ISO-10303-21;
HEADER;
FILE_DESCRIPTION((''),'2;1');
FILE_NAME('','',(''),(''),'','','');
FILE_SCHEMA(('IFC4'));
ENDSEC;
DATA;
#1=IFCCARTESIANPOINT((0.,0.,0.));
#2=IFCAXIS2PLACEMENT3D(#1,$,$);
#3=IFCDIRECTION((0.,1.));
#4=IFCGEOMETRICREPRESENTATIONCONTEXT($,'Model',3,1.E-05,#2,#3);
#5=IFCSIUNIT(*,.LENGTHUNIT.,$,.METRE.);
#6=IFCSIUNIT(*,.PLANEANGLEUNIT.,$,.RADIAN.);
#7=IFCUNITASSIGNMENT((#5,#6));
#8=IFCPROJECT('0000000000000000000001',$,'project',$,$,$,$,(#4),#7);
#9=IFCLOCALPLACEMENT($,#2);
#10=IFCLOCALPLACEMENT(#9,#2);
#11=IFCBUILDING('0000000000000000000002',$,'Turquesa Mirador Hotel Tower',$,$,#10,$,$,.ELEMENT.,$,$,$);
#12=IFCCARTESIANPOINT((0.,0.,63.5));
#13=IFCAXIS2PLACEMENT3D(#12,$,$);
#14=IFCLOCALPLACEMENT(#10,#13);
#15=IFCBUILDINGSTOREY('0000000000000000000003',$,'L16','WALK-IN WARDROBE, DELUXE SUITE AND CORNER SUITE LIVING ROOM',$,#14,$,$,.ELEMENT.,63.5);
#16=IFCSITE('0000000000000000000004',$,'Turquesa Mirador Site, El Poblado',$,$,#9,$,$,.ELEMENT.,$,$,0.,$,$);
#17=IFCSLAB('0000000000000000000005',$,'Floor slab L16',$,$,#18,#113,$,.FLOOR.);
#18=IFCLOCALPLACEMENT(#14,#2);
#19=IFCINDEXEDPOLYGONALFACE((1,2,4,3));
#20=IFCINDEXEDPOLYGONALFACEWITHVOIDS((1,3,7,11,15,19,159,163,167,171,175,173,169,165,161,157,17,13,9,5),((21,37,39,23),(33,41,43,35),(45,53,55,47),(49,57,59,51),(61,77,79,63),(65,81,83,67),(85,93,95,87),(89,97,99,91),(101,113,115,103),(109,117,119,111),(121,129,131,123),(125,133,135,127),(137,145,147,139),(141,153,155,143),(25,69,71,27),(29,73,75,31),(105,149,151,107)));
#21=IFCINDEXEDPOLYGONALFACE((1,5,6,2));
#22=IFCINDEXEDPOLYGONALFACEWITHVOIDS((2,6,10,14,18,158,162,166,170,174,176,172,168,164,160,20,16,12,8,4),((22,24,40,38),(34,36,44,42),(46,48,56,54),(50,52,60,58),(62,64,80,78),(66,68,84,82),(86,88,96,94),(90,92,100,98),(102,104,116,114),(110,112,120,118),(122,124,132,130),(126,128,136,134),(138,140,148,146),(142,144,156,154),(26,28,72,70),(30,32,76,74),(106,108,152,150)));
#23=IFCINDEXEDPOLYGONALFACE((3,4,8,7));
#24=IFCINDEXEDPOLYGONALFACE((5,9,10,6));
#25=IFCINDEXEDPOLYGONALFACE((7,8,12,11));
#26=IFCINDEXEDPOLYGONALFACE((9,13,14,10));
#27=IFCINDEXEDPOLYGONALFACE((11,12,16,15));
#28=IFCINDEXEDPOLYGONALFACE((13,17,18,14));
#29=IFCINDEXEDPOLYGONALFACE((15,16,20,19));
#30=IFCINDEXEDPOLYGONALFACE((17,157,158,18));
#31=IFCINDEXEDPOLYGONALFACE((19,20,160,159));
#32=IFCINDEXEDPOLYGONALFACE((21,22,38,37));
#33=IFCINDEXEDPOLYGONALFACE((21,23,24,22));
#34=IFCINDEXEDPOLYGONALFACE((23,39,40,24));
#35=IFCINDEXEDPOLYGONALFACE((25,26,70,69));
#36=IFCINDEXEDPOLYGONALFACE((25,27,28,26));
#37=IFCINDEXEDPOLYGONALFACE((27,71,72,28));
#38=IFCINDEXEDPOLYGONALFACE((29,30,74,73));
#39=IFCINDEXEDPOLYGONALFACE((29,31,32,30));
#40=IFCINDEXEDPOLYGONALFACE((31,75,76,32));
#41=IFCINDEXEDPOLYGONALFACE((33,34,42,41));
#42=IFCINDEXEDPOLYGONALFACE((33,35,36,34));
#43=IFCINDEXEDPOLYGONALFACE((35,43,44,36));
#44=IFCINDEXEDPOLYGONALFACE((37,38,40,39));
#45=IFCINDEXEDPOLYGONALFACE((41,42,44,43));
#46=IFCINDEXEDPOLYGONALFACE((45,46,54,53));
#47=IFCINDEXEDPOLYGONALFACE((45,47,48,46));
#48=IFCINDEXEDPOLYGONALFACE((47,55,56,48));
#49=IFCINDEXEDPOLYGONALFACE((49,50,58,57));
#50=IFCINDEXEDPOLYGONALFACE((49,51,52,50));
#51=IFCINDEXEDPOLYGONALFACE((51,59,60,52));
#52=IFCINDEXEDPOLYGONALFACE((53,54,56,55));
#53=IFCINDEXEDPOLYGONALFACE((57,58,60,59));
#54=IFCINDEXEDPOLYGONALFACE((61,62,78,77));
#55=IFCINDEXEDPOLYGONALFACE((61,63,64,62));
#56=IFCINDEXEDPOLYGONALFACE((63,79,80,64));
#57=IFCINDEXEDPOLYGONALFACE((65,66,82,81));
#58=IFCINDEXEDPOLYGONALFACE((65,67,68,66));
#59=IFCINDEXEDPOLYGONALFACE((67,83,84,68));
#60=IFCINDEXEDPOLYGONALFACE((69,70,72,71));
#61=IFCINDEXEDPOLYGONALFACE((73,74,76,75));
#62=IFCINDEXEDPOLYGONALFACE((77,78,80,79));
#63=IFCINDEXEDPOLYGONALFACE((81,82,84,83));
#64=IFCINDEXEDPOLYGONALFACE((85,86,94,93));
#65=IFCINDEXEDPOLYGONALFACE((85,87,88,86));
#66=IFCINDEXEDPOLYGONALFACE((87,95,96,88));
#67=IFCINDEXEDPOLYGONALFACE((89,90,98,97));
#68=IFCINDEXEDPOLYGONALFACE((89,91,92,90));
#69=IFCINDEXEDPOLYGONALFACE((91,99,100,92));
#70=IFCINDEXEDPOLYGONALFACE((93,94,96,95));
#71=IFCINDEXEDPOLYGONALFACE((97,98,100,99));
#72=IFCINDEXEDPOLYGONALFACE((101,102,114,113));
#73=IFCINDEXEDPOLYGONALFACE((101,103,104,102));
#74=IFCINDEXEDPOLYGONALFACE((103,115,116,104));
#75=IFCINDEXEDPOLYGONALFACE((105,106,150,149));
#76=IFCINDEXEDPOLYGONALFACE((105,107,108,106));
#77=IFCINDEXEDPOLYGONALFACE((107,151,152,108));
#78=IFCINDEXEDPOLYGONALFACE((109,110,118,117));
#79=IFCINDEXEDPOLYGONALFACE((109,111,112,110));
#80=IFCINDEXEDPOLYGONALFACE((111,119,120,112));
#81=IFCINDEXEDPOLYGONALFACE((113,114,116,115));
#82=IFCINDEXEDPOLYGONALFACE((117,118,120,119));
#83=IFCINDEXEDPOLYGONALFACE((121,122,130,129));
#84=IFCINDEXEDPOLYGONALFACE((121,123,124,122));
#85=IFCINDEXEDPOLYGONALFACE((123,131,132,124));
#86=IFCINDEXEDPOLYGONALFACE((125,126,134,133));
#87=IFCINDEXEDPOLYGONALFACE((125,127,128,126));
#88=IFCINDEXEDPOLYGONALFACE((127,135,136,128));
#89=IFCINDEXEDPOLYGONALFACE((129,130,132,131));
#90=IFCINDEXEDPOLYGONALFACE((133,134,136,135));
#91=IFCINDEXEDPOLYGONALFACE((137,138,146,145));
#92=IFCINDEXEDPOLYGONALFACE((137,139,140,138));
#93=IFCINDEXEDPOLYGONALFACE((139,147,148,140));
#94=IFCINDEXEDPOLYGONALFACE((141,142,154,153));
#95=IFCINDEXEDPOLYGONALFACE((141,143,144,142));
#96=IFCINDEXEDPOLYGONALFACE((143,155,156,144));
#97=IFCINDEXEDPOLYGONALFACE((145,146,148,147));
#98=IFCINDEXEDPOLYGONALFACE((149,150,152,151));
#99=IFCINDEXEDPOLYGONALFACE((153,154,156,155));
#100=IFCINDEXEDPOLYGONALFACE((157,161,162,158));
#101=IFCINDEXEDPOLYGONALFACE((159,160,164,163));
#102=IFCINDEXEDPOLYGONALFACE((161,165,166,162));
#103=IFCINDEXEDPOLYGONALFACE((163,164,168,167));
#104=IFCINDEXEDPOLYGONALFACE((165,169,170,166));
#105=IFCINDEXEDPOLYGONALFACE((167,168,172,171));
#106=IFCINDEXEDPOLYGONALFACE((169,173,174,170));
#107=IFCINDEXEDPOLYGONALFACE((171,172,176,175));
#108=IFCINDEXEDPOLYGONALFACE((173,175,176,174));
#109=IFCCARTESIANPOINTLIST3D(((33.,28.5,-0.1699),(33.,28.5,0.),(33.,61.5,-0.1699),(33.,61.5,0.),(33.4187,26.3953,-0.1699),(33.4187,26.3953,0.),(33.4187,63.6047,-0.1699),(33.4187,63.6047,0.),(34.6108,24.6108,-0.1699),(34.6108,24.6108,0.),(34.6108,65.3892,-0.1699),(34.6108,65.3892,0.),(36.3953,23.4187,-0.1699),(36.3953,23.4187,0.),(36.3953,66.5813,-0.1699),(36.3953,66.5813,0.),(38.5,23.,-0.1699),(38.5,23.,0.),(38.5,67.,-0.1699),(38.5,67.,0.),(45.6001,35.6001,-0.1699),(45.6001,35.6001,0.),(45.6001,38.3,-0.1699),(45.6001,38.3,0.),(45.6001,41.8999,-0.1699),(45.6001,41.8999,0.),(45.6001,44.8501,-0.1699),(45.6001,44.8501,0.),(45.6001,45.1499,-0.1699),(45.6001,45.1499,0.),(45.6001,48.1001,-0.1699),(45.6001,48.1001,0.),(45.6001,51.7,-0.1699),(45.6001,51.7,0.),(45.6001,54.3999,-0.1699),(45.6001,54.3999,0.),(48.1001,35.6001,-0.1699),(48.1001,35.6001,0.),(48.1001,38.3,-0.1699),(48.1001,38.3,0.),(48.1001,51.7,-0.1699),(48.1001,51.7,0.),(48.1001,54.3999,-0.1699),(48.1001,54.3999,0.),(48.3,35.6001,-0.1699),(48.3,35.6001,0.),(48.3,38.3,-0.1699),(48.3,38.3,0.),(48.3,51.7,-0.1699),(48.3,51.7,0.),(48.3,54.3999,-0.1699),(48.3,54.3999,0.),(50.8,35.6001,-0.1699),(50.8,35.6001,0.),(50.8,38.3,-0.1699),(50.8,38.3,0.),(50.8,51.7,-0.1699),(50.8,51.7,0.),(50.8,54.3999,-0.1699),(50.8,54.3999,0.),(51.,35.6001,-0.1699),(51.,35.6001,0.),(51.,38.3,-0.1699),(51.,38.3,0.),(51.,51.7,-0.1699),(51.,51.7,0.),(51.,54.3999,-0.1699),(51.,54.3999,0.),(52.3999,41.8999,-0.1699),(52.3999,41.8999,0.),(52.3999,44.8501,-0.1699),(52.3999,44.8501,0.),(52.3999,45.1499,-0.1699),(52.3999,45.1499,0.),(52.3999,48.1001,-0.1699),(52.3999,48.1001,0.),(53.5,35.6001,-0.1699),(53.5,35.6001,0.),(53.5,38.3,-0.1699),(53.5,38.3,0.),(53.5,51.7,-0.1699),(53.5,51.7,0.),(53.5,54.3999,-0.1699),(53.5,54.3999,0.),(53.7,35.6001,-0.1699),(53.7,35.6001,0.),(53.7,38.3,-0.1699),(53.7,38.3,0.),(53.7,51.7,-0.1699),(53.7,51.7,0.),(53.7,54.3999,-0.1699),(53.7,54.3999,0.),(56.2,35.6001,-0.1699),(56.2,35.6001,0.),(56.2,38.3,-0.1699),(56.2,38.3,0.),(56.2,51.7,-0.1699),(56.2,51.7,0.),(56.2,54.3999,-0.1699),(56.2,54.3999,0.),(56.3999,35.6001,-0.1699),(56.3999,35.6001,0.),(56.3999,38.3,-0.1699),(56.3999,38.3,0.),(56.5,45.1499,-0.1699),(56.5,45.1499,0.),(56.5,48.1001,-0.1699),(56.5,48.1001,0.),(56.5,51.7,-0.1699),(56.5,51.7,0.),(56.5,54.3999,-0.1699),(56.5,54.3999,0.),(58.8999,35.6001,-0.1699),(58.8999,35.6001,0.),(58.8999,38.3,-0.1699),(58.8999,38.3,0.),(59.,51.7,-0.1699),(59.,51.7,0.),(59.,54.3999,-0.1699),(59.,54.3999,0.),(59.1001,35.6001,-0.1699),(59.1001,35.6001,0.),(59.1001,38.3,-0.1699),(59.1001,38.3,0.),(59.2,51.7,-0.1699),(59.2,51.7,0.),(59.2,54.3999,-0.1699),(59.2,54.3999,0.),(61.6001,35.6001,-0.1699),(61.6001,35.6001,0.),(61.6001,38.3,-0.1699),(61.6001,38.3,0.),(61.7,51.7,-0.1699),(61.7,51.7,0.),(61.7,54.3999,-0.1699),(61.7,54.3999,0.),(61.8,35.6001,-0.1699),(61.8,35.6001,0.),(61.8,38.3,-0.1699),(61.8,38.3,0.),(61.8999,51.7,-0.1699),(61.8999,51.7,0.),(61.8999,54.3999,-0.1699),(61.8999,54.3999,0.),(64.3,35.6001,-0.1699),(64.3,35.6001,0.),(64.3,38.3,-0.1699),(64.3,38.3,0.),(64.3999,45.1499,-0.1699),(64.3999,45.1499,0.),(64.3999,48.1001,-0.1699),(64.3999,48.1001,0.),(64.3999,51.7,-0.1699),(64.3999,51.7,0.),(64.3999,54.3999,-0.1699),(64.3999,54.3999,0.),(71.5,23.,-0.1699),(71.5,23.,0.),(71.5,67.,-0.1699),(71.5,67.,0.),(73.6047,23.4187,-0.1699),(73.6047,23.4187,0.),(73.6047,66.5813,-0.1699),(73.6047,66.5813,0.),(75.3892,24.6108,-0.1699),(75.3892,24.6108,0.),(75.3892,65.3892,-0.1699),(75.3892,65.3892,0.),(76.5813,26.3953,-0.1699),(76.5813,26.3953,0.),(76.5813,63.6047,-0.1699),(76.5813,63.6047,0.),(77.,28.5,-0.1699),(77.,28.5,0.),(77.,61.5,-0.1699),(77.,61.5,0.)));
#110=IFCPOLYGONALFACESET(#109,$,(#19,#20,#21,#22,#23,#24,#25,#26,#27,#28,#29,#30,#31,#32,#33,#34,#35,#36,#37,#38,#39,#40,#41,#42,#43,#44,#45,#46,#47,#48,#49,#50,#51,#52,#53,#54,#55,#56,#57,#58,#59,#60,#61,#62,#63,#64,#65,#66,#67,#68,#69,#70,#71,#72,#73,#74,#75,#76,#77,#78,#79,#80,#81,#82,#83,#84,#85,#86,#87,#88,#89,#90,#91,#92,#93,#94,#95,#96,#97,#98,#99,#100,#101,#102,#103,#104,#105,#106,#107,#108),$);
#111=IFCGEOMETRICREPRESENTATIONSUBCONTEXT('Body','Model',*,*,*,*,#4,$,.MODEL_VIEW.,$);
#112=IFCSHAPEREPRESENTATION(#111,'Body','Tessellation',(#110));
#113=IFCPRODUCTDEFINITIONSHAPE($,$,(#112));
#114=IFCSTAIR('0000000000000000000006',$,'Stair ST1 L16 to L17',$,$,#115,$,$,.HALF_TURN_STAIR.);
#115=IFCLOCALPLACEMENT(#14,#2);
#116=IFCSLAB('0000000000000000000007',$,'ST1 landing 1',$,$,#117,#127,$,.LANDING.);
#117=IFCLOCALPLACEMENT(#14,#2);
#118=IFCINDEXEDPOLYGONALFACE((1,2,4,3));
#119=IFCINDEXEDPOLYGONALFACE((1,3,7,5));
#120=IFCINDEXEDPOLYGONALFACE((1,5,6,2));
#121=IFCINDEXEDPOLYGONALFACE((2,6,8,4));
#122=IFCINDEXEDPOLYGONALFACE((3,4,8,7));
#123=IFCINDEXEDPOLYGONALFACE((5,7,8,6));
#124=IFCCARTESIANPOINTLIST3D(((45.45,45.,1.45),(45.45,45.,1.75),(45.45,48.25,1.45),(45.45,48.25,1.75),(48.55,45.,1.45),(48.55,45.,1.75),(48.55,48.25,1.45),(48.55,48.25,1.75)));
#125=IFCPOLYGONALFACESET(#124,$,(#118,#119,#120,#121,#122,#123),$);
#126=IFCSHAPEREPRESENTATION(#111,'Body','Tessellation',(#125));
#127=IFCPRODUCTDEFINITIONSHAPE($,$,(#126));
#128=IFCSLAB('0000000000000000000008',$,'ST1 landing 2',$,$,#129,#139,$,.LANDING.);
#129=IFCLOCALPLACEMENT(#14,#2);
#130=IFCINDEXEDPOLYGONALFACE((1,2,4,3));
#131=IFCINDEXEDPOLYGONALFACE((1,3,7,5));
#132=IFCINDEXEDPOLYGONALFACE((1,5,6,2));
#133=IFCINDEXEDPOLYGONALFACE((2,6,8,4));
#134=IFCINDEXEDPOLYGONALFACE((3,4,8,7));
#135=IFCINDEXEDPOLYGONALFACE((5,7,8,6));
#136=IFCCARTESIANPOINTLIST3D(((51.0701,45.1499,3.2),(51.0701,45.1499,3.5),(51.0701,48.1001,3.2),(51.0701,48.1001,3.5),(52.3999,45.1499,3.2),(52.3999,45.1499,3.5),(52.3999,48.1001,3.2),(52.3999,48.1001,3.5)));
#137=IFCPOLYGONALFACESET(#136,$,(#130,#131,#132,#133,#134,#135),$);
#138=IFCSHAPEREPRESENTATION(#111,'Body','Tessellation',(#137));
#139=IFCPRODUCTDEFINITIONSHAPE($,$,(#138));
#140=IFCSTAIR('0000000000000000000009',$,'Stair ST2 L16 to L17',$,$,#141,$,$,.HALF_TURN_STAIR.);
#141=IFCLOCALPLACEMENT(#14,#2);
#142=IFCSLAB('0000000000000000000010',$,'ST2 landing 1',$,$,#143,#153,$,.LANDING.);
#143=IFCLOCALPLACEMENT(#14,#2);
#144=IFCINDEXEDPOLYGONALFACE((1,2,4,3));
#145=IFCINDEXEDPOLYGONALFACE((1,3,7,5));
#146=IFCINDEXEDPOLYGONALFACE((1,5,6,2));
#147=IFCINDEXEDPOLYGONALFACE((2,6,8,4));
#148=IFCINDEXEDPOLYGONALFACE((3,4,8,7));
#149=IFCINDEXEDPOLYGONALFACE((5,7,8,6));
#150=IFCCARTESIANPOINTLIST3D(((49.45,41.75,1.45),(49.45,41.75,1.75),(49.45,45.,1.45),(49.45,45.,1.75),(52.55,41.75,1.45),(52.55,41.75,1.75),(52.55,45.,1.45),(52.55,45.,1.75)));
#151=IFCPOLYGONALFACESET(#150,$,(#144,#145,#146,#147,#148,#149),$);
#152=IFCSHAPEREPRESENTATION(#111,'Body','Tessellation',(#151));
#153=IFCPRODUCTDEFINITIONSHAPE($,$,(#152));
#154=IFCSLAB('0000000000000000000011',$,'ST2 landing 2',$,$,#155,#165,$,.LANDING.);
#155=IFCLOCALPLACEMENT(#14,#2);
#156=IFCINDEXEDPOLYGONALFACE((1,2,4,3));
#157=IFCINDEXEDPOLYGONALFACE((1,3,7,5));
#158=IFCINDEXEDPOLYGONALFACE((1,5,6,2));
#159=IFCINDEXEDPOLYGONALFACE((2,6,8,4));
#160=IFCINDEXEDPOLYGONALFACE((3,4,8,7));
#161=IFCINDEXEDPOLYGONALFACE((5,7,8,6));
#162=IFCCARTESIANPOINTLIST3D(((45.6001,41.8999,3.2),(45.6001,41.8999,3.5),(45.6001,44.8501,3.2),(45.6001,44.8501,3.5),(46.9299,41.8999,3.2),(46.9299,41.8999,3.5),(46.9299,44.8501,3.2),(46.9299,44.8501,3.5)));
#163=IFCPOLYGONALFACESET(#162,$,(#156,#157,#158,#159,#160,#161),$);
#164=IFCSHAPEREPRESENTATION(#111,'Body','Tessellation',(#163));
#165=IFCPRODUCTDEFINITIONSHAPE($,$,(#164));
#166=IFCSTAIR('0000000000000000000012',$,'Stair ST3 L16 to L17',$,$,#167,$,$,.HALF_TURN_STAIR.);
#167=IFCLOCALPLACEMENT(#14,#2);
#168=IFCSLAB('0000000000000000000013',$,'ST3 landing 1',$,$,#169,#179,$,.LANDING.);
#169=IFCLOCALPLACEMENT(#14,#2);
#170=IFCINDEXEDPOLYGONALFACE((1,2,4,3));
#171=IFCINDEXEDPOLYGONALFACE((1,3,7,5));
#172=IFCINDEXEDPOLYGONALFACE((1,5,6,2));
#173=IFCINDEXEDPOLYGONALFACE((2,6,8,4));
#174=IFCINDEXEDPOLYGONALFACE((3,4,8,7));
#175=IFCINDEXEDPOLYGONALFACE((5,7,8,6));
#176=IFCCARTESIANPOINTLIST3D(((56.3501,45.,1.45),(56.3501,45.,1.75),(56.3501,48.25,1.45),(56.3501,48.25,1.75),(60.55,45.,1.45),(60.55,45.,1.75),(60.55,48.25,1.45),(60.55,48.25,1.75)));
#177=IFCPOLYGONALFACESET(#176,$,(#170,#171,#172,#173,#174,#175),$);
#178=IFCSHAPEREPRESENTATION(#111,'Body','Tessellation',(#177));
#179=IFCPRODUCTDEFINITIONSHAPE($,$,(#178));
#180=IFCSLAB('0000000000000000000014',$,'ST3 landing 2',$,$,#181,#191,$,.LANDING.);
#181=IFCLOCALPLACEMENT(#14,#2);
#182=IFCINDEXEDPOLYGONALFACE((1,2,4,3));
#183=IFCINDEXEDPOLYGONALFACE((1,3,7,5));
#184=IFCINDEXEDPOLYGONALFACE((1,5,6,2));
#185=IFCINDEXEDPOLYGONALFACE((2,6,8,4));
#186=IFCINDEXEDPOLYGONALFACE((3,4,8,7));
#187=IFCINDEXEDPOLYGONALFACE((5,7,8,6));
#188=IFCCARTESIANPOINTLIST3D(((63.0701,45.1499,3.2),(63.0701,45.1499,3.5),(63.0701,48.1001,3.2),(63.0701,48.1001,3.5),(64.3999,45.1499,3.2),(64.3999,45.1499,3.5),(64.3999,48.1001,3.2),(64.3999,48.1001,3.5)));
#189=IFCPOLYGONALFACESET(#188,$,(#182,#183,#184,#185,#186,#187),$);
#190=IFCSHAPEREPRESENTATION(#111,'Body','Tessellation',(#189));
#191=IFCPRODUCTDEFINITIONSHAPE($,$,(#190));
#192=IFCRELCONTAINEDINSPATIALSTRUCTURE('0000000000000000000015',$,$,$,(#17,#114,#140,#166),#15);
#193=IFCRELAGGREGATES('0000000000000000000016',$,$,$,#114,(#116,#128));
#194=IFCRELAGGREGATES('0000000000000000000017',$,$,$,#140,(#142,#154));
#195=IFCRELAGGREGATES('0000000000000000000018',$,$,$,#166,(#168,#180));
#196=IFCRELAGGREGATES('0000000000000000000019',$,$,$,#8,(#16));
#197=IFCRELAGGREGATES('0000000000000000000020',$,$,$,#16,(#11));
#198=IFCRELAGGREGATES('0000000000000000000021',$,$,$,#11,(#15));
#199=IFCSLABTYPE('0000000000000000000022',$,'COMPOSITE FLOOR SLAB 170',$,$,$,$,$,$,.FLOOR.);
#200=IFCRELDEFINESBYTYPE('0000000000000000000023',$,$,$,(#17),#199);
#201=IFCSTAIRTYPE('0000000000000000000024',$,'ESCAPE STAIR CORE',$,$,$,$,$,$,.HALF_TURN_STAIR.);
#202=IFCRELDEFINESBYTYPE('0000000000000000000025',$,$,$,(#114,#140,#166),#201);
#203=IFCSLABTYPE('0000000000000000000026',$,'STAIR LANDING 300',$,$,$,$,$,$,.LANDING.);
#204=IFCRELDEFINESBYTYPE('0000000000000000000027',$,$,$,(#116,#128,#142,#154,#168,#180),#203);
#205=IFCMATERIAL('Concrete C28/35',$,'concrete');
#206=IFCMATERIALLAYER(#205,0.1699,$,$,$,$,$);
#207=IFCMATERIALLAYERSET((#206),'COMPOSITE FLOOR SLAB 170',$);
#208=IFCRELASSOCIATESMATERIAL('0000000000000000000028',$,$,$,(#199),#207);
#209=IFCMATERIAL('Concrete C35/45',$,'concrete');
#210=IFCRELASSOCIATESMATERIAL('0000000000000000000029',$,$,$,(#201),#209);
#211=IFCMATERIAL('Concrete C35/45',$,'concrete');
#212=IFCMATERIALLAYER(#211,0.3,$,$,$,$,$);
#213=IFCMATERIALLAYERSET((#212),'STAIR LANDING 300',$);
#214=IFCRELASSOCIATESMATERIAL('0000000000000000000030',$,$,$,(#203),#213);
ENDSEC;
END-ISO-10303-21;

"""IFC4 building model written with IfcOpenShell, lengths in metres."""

from ifc_helpers import new_model, si_unit, direction, frame, origin, place, context, subcontext, project, spatial, polyline, outline, extrude, material, layer, layer_set, type_object, element, aggregate, save


model = new_model("IFC4")

# Units and contexts
model_context = context("Model", 3, precision=1e-05, world=origin(), true_north=direction((0.0, 1.0)))
body_context = subcontext(model_context, "Body", "Model", "MODEL_VIEW")
ifc_project = project(units=[si_unit("LENGTHUNIT", "METRE"), si_unit("PLANEANGLEUNIT", "RADIAN")], contexts=[model_context])

# Site, building, storey
site_placement = place(None, origin())
site = spatial("IfcSite", under=ifc_project, at=site_placement, Name="Turquesa Mirador Site, El Poblado", CompositionType="ELEMENT", RefElevation=0.0)
building_placement = place(site_placement, origin())
building = spatial("IfcBuilding", under=site, at=building_placement, Name="Turquesa Mirador Hotel Tower", CompositionType="ELEMENT")
storey_placement = place(building_placement, frame((0.0, 0.0, 63.5)))
storey = spatial("IfcBuildingStorey", under=building, at=storey_placement, Name="L16", Description="WALK-IN WARDROBE, DELUXE SUITE AND CORNER SUITE LIVING ROOM", CompositionType="ELEMENT", Elevation=63.5)

# Slab
ifc_material_1 = material(Name="Concrete C28/35", Category="concrete")
ifc_layer_1 = layer(ifc_material_1, 0.1699)
ifc_layer_set_1 = layer_set([ifc_layer_1], Name="COMPOSITE FLOOR SLAB 170")
slab_type_1 = type_object("IfcSlabType", Name="COMPOSITE FLOOR SLAB 170", PredefinedType="FLOOR", material=ifc_layer_set_1)
slab_1_placement = place(storey_placement, frame((0.0, 0.0, -0.1699)))
element("IfcSlab", 1, at=slab_1_placement, inside=storey, type_object=slab_type_1, Name="Floor slab L16", PredefinedType="FLOOR", context=body_context, shape_type="SweptSolid", body=[
    extrude(outline(polyline([(71.5, 23.0), (73.6047, 23.4187), (75.3892, 24.6108), (76.5813, 26.3953), (77.0, 28.5), (77.0, 61.5), (76.5813, 63.6047), (75.3892, 65.3892), (73.6047, 66.5813), (71.5, 67.0), (38.5, 67.0), (36.3953, 66.5813), (34.6108, 65.3892), (33.4187, 63.6047), (33.0, 61.5), (33.0, 28.5), (33.4187, 26.3953), (34.6108, 24.6108), (36.3953, 23.4187), (38.5, 23.0), (71.5, 23.0)]), holes=[polyline([(45.6001, 51.7), (48.1001, 51.7), (48.1001, 54.3999), (45.6001, 54.3999), (45.6001, 51.7)]), polyline([(48.3, 51.7), (50.8, 51.7), (50.8, 54.3999), (48.3, 54.3999), (48.3, 51.7)]), polyline([(51.0, 51.7), (53.5, 51.7), (53.5, 54.3999), (51.0, 54.3999), (51.0, 51.7)]), polyline([(53.7, 51.7), (56.2, 51.7), (56.2, 54.3999), (53.7, 54.3999), (53.7, 51.7)]), polyline([(56.5, 51.7), (59.0, 51.7), (59.0, 54.3999), (56.5, 54.3999), (56.5, 51.7)]), polyline([(59.2, 51.7), (61.7, 51.7), (61.7, 54.3999), (59.2, 54.3999), (59.2, 51.7)]), polyline([(45.6001, 35.6001), (48.1001, 35.6001), (48.1001, 38.3), (45.6001, 38.3), (45.6001, 35.6001)]), polyline([(48.3, 35.6001), (50.8, 35.6001), (50.8, 38.3), (48.3, 38.3), (48.3, 35.6001)]), polyline([(51.0, 35.6001), (53.5, 35.6001), (53.5, 38.3), (51.0, 38.3), (51.0, 35.6001)]), polyline([(53.7, 35.6001), (56.2, 35.6001), (56.2, 38.3), (53.7, 38.3), (53.7, 35.6001)]), polyline([(56.3999, 35.6001), (58.8999, 35.6001), (58.8999, 38.3), (56.3999, 38.3), (56.3999, 35.6001)]), polyline([(59.1001, 35.6001), (61.6001, 35.6001), (61.6001, 38.3), (59.1001, 38.3), (59.1001, 35.6001)]), polyline([(61.8, 35.6001), (64.3, 35.6001), (64.3, 38.3), (61.8, 38.3), (61.8, 35.6001)]), polyline([(45.6001, 45.1499), (52.3999, 45.1499), (52.3999, 48.1001), (45.6001, 48.1001), (45.6001, 45.1499)]), polyline([(45.6001, 41.8999), (52.3999, 41.8999), (52.3999, 44.8501), (45.6001, 44.8501), (45.6001, 41.8999)]), polyline([(56.5, 45.1499), (64.3999, 45.1499), (64.3999, 48.1001), (56.5, 48.1001), (56.5, 45.1499)]), polyline([(61.8999, 51.7), (64.3999, 51.7), (64.3999, 54.3999), (61.8999, 54.3999), (61.8999, 51.7)])]), origin(), (0.0, 0.0, 1.0), 0.1699),
])

# Stairs, slabs
ifc_material_2 = material(Name="Concrete C35/45", Category="concrete")
stair_type = type_object("IfcStairType", Name="ESCAPE STAIR CORE", PredefinedType="HALF_TURN_STAIR", material=ifc_material_2)
stair_1_placement = place(storey_placement, origin())
stair_1 = element("IfcStair", 2, at=stair_1_placement, inside=storey, type_object=stair_type, Name="Stair ST1 L16 to L17", PredefinedType="HALF_TURN_STAIR")
ifc_material_3 = material(Name="Concrete C35/45", Category="concrete")
ifc_layer_2 = layer(ifc_material_3, 0.3)
ifc_layer_set_2 = layer_set([ifc_layer_2], Name="STAIR LANDING 300")
slab_type_2 = type_object("IfcSlabType", Name="STAIR LANDING 300", PredefinedType="LANDING", material=ifc_layer_set_2)
slab_2_placement = place(storey_placement, frame((0.0, 0.0, 1.45)))
slab_2 = element("IfcSlab", 3, at=slab_2_placement, type_object=slab_type_2, Name="ST1 landing 1", PredefinedType="LANDING", context=body_context, shape_type="SweptSolid", body=[
    extrude(outline(polyline([(45.45, 45.0), (48.55, 45.0), (48.55, 48.25), (45.45, 48.25), (45.45, 45.0)])), origin(), (0.0, 0.0, 1.0), 0.3),
])
slab_3_placement = place(storey_placement, frame((0.0, 0.0, 3.2)))
slab_3 = element("IfcSlab", 4, at=slab_3_placement, type_object=slab_type_2, Name="ST1 landing 2", PredefinedType="LANDING", context=body_context, shape_type="SweptSolid", body=[
    extrude(outline(polyline([(51.0701, 45.1499), (52.3999, 45.1499), (52.3999, 48.1001), (51.0701, 48.1001), (51.0701, 45.1499)])), origin(), (0.0, 0.0, 1.0), 0.3),
])
aggregate(stair_1, [slab_2, slab_3])
stair_2_placement = place(storey_placement, origin())
stair_2 = element("IfcStair", 5, at=stair_2_placement, inside=storey, type_object=stair_type, Name="Stair ST2 L16 to L17", PredefinedType="HALF_TURN_STAIR")
slab_4_placement = place(storey_placement, frame((0.0, 0.0, 1.45)))
slab_4 = element("IfcSlab", 6, at=slab_4_placement, type_object=slab_type_2, Name="ST2 landing 1", PredefinedType="LANDING", context=body_context, shape_type="SweptSolid", body=[
    extrude(outline(polyline([(52.55, 45.0), (49.45, 45.0), (49.45, 41.75), (52.55, 41.75), (52.55, 45.0)])), origin(), (0.0, 0.0, 1.0), 0.3),
])
slab_5_placement = place(storey_placement, frame((0.0, 0.0, 3.2)))
slab_5 = element("IfcSlab", 7, at=slab_5_placement, type_object=slab_type_2, Name="ST2 landing 2", PredefinedType="LANDING", context=body_context, shape_type="SweptSolid", body=[
    extrude(outline(polyline([(46.9299, 44.8501), (45.6001, 44.8501), (45.6001, 41.8999), (46.9299, 41.8999), (46.9299, 44.8501)])), origin(), (0.0, 0.0, 1.0), 0.3),
])
aggregate(stair_2, [slab_4, slab_5])
stair_3_placement = place(storey_placement, origin())
stair_3 = element("IfcStair", 8, at=stair_3_placement, inside=storey, type_object=stair_type, Name="Stair ST3 L16 to L17", PredefinedType="HALF_TURN_STAIR")
slab_6_placement = place(storey_placement, frame((0.0, 0.0, 1.45)))
slab_6 = element("IfcSlab", 9, at=slab_6_placement, type_object=slab_type_2, Name="ST3 landing 1", PredefinedType="LANDING", context=body_context, shape_type="SweptSolid", body=[
    extrude(outline(polyline([(56.3501, 45.0), (60.55, 45.0), (60.55, 48.25), (56.3501, 48.25), (56.3501, 45.0)])), origin(), (0.0, 0.0, 1.0), 0.3),
])
slab_7_placement = place(storey_placement, frame((0.0, 0.0, 3.2)))
slab_7 = element("IfcSlab", 10, at=slab_7_placement, type_object=slab_type_2, Name="ST3 landing 2", PredefinedType="LANDING", context=body_context, shape_type="SweptSolid", body=[
    extrude(outline(polyline([(63.0701, 45.1499), (64.3999, 45.1499), (64.3999, 48.1001), (63.0701, 48.1001), (63.0701, 45.1499)])), origin(), (0.0, 0.0, 1.0), 0.3),
])
aggregate(stair_3, [slab_6, slab_7])

save(model, "model.ifc")
